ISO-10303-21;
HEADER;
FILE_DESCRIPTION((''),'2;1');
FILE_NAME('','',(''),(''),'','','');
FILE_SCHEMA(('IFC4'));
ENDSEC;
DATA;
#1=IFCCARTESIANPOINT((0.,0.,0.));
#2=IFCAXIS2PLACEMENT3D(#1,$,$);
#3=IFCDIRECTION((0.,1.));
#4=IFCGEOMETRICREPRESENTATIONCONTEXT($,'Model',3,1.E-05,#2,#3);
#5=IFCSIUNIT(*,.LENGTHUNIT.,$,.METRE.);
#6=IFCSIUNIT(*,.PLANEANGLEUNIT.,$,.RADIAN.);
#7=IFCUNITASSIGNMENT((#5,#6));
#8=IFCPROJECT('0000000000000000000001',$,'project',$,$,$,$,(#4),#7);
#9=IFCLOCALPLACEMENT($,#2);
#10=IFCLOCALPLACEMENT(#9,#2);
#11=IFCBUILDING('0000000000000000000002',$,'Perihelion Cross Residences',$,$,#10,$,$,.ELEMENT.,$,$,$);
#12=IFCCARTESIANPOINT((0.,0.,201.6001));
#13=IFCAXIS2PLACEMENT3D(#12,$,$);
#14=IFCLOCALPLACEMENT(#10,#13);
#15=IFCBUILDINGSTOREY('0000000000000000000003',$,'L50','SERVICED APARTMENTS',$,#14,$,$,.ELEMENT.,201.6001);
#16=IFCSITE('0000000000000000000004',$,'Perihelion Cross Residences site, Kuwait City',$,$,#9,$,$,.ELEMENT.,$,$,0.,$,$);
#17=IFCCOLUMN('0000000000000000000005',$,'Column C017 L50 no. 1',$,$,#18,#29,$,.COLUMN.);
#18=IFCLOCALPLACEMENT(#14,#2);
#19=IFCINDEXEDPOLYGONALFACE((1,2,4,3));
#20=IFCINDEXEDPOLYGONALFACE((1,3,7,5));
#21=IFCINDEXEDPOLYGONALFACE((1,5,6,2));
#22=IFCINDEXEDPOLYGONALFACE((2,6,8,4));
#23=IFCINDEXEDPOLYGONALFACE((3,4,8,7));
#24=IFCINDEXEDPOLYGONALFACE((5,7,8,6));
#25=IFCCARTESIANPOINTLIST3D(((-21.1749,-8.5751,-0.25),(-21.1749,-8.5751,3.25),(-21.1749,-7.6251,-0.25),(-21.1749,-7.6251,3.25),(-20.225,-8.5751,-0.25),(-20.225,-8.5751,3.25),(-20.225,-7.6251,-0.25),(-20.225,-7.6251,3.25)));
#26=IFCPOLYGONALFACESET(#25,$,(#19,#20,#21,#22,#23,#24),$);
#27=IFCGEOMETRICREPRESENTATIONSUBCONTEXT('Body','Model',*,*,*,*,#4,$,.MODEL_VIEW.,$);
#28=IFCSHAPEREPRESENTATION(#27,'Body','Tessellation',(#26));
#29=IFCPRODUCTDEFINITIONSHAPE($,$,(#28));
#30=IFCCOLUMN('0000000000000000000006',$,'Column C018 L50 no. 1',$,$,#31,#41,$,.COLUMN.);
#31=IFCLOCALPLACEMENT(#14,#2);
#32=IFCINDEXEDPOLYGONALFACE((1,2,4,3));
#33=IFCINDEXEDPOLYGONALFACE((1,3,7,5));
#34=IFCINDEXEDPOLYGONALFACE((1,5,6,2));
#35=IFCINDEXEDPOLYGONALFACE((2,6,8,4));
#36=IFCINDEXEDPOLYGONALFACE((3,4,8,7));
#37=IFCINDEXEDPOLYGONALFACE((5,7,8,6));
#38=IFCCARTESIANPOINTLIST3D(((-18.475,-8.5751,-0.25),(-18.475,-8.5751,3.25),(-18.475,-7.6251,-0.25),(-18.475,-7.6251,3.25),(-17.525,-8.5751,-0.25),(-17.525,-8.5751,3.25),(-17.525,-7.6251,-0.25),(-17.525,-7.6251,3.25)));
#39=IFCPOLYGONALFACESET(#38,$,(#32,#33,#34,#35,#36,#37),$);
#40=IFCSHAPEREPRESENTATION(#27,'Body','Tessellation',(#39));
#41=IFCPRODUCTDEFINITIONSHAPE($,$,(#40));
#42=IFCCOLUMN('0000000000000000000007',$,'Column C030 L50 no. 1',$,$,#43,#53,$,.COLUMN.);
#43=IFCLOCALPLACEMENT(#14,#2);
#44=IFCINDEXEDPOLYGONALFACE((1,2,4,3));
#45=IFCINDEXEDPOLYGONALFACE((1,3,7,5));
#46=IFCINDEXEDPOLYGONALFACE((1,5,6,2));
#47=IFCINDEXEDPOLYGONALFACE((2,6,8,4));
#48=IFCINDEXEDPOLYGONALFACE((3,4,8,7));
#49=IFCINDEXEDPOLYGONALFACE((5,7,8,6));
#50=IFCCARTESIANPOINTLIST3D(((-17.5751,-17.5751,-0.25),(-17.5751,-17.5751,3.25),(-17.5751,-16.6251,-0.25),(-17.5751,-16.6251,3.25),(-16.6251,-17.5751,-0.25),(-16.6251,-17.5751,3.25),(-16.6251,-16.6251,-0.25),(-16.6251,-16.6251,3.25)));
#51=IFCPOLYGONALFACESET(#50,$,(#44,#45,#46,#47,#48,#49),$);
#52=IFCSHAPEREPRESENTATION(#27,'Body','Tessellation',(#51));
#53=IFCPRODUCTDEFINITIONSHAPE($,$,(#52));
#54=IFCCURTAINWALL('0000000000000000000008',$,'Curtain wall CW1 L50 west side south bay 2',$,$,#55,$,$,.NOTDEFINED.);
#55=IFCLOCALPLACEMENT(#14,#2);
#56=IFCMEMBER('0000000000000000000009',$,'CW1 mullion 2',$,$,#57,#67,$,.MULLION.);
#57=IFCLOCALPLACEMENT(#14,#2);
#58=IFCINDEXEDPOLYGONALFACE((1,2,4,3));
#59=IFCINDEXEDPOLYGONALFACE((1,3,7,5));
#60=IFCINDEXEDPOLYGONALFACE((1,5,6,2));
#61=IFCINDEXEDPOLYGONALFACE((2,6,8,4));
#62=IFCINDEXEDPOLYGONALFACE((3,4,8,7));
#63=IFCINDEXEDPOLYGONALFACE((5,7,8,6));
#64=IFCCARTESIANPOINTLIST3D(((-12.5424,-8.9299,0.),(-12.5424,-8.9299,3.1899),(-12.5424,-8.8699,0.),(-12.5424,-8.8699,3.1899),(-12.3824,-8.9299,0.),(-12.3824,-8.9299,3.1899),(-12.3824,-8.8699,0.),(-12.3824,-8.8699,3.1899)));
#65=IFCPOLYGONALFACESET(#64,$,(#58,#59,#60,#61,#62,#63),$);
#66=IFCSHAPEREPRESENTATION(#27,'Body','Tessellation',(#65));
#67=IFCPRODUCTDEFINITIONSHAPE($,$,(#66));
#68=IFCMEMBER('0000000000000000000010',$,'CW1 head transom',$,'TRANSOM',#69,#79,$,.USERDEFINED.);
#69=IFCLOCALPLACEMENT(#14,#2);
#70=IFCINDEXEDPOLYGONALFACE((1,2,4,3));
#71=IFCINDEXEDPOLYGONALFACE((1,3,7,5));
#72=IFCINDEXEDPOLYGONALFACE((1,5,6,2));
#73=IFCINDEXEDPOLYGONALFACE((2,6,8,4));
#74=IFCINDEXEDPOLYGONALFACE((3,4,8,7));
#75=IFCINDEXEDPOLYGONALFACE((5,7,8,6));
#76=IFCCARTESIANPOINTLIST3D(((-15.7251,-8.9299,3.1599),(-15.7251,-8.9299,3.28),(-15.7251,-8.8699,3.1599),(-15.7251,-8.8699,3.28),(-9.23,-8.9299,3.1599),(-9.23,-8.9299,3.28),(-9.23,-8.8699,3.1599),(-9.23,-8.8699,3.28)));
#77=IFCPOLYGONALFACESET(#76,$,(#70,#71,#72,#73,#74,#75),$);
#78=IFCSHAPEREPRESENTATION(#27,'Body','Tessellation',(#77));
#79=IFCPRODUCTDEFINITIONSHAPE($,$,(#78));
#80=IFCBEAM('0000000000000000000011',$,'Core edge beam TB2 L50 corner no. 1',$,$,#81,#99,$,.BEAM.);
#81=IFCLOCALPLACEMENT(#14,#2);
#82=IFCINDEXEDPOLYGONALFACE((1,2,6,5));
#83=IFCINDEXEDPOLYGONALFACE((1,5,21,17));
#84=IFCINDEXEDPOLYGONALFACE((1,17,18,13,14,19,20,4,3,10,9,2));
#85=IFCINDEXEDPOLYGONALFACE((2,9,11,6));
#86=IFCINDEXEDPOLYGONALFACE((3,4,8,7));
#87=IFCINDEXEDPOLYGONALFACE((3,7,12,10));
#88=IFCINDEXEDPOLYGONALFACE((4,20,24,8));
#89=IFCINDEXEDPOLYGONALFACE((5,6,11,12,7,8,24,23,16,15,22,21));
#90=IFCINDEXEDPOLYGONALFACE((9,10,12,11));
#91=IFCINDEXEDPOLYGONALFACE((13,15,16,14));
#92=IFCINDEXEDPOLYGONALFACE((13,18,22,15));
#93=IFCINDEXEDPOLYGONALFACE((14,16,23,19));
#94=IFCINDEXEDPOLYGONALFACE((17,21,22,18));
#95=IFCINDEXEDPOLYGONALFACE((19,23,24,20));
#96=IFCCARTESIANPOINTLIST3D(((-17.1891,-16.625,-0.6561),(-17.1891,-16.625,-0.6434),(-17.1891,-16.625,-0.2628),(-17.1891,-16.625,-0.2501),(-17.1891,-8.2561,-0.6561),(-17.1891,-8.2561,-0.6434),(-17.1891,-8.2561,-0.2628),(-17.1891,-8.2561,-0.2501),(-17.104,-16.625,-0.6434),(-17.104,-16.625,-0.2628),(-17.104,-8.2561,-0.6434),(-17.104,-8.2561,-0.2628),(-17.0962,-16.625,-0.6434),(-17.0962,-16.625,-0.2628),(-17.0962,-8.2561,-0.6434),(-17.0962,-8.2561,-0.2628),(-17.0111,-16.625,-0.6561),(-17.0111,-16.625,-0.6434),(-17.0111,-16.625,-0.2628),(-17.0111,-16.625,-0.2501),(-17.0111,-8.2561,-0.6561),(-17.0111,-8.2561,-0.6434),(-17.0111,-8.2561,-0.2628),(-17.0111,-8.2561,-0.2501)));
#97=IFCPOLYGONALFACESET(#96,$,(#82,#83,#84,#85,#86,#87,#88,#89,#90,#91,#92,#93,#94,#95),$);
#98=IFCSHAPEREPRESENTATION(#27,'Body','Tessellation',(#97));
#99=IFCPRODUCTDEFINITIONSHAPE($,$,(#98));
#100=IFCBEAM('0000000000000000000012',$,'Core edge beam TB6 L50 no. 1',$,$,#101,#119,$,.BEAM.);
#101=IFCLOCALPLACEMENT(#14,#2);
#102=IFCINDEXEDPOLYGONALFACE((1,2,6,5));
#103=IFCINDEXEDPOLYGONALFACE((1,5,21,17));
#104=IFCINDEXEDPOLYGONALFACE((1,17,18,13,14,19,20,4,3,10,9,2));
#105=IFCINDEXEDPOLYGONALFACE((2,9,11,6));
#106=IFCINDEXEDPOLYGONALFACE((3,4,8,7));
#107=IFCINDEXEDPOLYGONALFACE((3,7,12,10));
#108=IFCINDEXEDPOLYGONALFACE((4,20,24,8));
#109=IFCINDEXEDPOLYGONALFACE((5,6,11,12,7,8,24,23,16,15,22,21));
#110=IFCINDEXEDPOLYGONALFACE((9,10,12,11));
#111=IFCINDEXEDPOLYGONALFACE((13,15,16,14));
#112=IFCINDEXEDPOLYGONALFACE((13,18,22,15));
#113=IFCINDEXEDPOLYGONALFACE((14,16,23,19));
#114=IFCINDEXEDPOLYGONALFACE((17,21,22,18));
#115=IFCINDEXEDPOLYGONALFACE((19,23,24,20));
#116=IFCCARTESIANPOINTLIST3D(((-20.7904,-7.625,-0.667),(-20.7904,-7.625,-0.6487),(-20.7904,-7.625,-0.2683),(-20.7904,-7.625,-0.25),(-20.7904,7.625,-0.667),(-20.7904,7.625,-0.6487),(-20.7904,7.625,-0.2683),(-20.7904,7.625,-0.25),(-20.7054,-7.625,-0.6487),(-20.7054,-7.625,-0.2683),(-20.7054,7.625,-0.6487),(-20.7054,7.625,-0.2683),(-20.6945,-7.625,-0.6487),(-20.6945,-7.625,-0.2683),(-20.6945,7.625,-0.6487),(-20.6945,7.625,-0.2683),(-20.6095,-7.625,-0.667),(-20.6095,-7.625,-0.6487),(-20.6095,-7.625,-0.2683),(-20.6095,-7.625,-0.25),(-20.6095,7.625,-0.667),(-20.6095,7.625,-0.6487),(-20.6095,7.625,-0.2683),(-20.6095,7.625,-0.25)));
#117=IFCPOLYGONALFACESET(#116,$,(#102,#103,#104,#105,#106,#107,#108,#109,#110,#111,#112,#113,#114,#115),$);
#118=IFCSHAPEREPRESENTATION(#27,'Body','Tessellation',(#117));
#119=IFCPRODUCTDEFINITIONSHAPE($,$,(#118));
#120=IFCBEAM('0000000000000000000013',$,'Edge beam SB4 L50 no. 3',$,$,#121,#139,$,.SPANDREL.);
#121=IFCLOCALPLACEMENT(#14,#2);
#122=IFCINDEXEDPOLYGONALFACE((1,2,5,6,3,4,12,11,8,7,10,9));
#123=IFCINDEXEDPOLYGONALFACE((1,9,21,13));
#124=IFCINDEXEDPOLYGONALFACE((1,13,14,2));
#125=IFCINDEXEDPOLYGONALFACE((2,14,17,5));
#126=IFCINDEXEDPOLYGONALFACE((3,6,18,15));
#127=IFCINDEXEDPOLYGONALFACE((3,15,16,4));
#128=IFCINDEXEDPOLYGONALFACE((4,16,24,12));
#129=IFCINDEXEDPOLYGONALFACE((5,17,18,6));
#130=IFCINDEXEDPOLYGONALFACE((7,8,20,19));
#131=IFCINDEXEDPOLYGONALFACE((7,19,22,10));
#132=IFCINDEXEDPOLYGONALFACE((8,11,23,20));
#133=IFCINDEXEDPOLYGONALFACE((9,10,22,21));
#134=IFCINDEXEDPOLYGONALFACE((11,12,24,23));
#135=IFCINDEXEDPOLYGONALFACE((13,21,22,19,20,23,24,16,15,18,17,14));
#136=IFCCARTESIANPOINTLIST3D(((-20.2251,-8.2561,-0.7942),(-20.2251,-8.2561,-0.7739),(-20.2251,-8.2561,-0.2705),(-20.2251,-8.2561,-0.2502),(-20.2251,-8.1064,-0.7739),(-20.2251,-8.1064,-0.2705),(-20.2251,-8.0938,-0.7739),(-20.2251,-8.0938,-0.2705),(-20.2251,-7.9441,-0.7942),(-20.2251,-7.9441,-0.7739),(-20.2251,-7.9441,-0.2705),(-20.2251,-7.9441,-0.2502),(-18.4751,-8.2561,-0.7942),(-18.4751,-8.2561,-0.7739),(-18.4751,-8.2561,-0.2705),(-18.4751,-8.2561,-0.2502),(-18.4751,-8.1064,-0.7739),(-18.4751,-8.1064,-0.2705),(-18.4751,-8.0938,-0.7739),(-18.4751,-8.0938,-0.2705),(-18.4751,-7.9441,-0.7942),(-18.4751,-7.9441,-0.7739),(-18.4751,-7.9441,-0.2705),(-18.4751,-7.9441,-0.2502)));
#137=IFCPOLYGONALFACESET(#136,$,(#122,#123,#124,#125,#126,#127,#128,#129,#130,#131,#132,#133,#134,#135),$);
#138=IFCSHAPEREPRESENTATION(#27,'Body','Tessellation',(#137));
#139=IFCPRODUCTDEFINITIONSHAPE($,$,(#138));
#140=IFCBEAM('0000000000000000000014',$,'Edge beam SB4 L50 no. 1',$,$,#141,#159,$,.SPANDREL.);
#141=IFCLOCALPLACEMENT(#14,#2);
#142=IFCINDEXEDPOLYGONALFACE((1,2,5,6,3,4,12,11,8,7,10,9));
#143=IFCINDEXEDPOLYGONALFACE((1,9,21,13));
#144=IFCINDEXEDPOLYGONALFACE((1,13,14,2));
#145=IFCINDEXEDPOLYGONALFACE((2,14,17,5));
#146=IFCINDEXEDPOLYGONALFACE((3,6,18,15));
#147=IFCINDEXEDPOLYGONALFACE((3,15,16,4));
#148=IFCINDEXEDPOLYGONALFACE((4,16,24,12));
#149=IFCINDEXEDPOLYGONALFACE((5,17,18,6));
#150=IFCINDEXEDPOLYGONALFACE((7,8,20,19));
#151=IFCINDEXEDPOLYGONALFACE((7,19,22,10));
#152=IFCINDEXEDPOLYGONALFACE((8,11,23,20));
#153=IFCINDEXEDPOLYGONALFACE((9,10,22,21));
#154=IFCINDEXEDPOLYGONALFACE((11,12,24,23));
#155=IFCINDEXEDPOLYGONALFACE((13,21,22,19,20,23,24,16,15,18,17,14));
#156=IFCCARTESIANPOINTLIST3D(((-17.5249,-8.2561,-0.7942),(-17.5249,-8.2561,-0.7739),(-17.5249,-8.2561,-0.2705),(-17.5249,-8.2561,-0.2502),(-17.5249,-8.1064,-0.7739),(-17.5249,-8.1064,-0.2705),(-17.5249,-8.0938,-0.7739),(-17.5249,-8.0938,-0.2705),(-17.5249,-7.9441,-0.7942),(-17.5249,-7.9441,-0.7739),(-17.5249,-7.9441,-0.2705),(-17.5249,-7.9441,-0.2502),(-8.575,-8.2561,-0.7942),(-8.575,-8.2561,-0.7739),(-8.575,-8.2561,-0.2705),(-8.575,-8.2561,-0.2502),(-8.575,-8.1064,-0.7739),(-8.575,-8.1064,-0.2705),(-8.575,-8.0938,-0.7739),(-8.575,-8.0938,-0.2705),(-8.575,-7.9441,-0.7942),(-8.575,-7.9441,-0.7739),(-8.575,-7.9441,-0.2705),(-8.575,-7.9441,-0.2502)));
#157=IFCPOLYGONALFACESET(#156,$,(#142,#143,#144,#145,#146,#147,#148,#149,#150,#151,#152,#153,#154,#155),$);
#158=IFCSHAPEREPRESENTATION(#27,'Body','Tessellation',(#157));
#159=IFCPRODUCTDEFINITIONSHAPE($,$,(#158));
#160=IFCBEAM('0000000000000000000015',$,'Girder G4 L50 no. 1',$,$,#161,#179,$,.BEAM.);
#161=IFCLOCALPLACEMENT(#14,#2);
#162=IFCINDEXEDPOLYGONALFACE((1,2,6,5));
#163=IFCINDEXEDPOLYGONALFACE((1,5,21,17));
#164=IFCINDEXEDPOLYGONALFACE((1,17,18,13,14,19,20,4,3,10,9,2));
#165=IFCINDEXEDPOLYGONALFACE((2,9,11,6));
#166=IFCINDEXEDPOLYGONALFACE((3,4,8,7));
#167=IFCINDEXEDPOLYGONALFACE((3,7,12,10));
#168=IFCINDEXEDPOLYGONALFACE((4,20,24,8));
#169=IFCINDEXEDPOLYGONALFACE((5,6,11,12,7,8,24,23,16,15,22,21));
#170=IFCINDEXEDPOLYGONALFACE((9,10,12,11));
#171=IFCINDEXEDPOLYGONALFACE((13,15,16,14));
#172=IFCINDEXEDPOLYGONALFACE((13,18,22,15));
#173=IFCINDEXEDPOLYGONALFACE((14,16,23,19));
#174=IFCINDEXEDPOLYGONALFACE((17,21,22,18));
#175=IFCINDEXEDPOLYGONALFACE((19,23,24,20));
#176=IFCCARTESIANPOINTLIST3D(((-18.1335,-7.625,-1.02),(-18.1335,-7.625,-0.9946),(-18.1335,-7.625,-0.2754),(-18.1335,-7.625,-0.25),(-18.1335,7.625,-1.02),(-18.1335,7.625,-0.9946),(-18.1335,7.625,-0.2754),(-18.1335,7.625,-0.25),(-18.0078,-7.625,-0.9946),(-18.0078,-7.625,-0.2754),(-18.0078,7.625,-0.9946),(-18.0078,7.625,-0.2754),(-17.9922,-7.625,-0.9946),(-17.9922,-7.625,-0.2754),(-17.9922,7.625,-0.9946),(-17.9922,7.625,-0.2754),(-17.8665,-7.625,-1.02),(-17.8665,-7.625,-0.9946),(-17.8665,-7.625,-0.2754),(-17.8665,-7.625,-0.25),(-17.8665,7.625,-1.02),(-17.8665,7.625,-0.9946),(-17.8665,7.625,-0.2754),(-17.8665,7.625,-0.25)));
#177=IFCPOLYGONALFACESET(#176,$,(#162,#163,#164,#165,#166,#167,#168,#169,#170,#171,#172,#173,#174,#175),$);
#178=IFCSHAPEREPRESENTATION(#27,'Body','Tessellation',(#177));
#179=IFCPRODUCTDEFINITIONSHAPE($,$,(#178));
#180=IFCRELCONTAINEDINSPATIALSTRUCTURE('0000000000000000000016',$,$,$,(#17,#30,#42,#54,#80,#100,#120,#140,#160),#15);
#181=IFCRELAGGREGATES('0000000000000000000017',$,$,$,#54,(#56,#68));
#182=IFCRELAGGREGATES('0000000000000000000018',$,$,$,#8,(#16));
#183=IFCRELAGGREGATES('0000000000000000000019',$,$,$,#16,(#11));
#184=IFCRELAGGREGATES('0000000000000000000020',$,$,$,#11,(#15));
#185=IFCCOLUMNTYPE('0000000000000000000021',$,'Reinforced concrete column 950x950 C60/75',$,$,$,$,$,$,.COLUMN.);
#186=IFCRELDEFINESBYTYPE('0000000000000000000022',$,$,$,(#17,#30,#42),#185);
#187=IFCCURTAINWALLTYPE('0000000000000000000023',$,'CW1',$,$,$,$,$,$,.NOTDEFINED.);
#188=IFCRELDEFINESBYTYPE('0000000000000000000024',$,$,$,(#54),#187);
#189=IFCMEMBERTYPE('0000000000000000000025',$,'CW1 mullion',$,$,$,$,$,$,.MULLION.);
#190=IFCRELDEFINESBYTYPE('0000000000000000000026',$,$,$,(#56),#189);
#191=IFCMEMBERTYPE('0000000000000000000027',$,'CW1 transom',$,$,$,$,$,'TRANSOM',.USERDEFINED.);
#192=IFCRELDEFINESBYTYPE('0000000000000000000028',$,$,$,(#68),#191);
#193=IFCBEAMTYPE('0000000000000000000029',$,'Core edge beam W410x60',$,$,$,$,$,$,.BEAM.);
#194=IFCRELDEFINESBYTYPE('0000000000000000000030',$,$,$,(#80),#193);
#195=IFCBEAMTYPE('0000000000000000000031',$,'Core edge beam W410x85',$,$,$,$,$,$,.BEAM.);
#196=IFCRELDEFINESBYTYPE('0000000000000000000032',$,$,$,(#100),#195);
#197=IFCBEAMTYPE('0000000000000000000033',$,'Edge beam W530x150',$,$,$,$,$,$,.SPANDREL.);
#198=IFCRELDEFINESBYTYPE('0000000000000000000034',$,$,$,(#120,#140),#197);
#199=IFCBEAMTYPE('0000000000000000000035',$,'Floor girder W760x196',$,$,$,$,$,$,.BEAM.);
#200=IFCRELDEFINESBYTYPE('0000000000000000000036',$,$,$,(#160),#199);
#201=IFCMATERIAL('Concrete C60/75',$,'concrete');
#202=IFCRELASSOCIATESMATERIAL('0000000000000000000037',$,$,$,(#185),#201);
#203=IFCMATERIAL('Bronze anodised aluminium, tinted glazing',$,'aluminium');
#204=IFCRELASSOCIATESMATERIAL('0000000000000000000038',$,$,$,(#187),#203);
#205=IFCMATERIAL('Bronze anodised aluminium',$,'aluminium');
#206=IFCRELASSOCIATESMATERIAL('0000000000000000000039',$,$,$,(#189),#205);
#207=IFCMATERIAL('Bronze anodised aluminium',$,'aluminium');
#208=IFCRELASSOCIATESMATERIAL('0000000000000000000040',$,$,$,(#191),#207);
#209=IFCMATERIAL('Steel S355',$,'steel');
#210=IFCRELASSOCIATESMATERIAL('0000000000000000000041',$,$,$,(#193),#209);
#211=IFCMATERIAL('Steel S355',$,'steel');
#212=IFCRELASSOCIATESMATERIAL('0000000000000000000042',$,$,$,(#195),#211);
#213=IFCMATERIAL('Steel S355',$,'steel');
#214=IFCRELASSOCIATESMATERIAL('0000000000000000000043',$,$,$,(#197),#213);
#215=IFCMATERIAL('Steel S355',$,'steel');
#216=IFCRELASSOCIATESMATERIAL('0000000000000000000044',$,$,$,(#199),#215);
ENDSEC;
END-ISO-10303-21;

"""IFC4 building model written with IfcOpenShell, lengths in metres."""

from ifc_helpers import new_model, si_unit, direction, frame, origin, origin_2d, place, context, subcontext, project, spatial, rectangle, i_section, extrude, material, material_profile, profile_set, type_object, element, aggregate, save


model = new_model("IFC4")

# Units and contexts
model_context = context("Model", 3, precision=1e-05, world=origin(), true_north=direction((0.0, 1.0)))
body_context = subcontext(model_context, "Body", "Model", "MODEL_VIEW")
ifc_project = project(units=[si_unit("LENGTHUNIT", "METRE"), si_unit("PLANEANGLEUNIT", "RADIAN")], contexts=[model_context])

# Site, building, storey
site_placement = place(None, origin())
site = spatial("IfcSite", under=ifc_project, at=site_placement, Name="Perihelion Cross Residences site, Kuwait City", CompositionType="ELEMENT", RefElevation=0.0)
building_placement = place(site_placement, origin())
building = spatial("IfcBuilding", under=site, at=building_placement, Name="Perihelion Cross Residences", CompositionType="ELEMENT")
storey_placement = place(building_placement, frame((0.0, 0.0, 201.6001)))
storey = spatial("IfcBuildingStorey", under=building, at=storey_placement, Name="L50", Description="SERVICED APARTMENTS", CompositionType="ELEMENT", Elevation=201.6001)

# Columns
ifc_material_1 = material(Name="Concrete C60/75", Category="concrete")
ifc_material_profile_1 = material_profile(ifc_material_1, rectangle(XDim=0.95, YDim=0.95, at=origin_2d()), Name="RC 950x950")
ifc_profile_set_1 = profile_set([ifc_material_profile_1], Name="Concrete C60/75")
column_type = type_object("IfcColumnType", Name="Reinforced concrete column 950x950 C60/75", PredefinedType="COLUMN", material=ifc_profile_set_1)
for number, where, z_axis, x_axis, name in (
    (1, (-20.7, -8.1001, -0.25), (0.0, 0.0, 1.0), (1.0, 0.0, 0.0), "Column C017 L50 no. 1"),
    (2, (-18.0, -8.1001, -0.25), (0.0, 0.0, 1.0), (1.0, 0.0, 0.0), "Column C018 L50 no. 1"),
    (3, (-17.1001, -17.1001, -0.25), (0.0, 0.0, 1.0), (1.0, 0.0, 0.0), "Column C030 L50 no. 1"),
):
    element("IfcColumn", number, at=place(storey_placement, frame(where, z_axis=z_axis, x_axis=x_axis)), inside=storey, type_object=column_type, Name=name, PredefinedType="COLUMN", context=body_context, shape_type="SweptSolid", body=[
        extrude(rectangle(XDim=0.95, YDim=0.95, at=origin_2d()), origin(), (0.0, 0.0, 1.0), 3.5),
    ])

# Curtain wall, members
ifc_material_2 = material(Name="Bronze anodised aluminium, tinted glazing", Category="aluminium")
curtain_wall_type = type_object("IfcCurtainWallType", Name="CW1", PredefinedType="NOTDEFINED", material=ifc_material_2)
curtain_wall_placement = place(storey_placement, origin())
curtain_wall = element("IfcCurtainWall", 4, at=curtain_wall_placement, inside=storey, type_object=curtain_wall_type, Name="Curtain wall CW1 L50 west side south bay 2", PredefinedType="NOTDEFINED")
ifc_material_3 = material(Name="Bronze anodised aluminium", Category="aluminium")
ifc_material_profile_2 = material_profile(ifc_material_3, rectangle(XDim=0.0601, YDim=0.1599, at=origin_2d()), Name="CW1 mullion")
ifc_profile_set_2 = profile_set([ifc_material_profile_2], Name="Bronze anodised aluminium")
member_type_1 = type_object("IfcMemberType", Name="CW1 mullion", PredefinedType="MULLION", material=ifc_profile_set_2)
member_1_placement = place(storey_placement, frame((-12.4624, -8.8999, 0.0), z_axis=(0.0, 0.0, 1.0), x_axis=(0.0, 1.0, 0.0)))
member_1 = element("IfcMember", 5, at=member_1_placement, type_object=member_type_1, Name="CW1 mullion 2", PredefinedType="MULLION", context=body_context, shape_type="SweptSolid", body=[
    extrude(rectangle(XDim=0.0601, YDim=0.1599, at=origin_2d()), origin(), (0.0, 0.0, 1.0), 3.1899),
])
ifc_material_4 = material(Name="Bronze anodised aluminium", Category="aluminium")
ifc_material_profile_3 = material_profile(ifc_material_4, rectangle(XDim=0.0601, YDim=0.1201, at=origin_2d()), Name="CW1 transom")
ifc_profile_set_3 = profile_set([ifc_material_profile_3], Name="Bronze anodised aluminium")
member_type_2 = type_object("IfcMemberType", Name="CW1 transom", ElementType="TRANSOM", PredefinedType="USERDEFINED", material=ifc_profile_set_3)
member_2_placement = place(storey_placement, frame((-15.7251, -8.8999, 3.22), z_axis=(1.0, 0.0, 0.0), x_axis=(0.0, 1.0, 0.0)))
member_2 = element("IfcMember", 6, at=member_2_placement, type_object=member_type_2, Name="CW1 head transom", ObjectType="TRANSOM", PredefinedType="USERDEFINED", context=body_context, shape_type="SweptSolid", body=[
    extrude(rectangle(XDim=0.0601, YDim=0.1201, at=origin_2d()), origin(), (0.0, 0.0, 1.0), 6.4951),
])

# Beams
ifc_material_5 = material(Name="Steel S355", Category="steel")
ifc_material_profile_4 = material_profile(ifc_material_5, i_section(OverallWidth=0.178, OverallDepth=0.406, WebThickness=0.0078, FlangeThickness=0.0127, at=origin_2d()), Name="W410x60")
ifc_profile_set_4 = profile_set([ifc_material_profile_4], Name="Steel S355")
beam_type_1 = type_object("IfcBeamType", Name="Core edge beam W410x60", PredefinedType="BEAM", material=ifc_profile_set_4)
beam_1_placement = place(storey_placement, frame((-17.1001, -8.2561, -0.4531), z_axis=(0.0, -1.0, 0.0), x_axis=(1.0, 0.0, 0.0)))
element("IfcBeam", 7, at=beam_1_placement, inside=storey, type_object=beam_type_1, Name="Core edge beam TB2 L50 corner no. 1", PredefinedType="BEAM", context=body_context, shape_type="SweptSolid", body=[
    extrude(i_section(OverallWidth=0.178, OverallDepth=0.406, WebThickness=0.0078, FlangeThickness=0.0127, at=origin_2d()), origin(), (0.0, 0.0, 1.0), 8.3689),
])
ifc_material_6 = material(Name="Steel S355", Category="steel")
ifc_material_profile_5 = material_profile(ifc_material_6, i_section(OverallWidth=0.1809, OverallDepth=0.417, WebThickness=0.011, FlangeThickness=0.0183, at=origin_2d()), Name="W410x85")
ifc_profile_set_5 = profile_set([ifc_material_profile_5], Name="Steel S355")
beam_type_2 = type_object("IfcBeamType", Name="Core edge beam W410x85", PredefinedType="BEAM", material=ifc_profile_set_5)
beam_2_placement = place(storey_placement, frame((-20.7, -7.625, -0.4585), z_axis=(0.0, 1.0, 0.0), x_axis=(-1.0, 0.0, 0.0)))
element("IfcBeam", 8, at=beam_2_placement, inside=storey, type_object=beam_type_2, Name="Core edge beam TB6 L50 no. 1", PredefinedType="BEAM", context=body_context, shape_type="SweptSolid", body=[
    extrude(i_section(OverallWidth=0.1809, OverallDepth=0.417, WebThickness=0.011, FlangeThickness=0.0183, at=origin_2d()), origin(), (0.0, 0.0, 1.0), 15.25),
])
ifc_material_7 = material(Name="Steel S355", Category="steel")
ifc_material_profile_6 = material_profile(ifc_material_7, i_section(OverallWidth=0.312, OverallDepth=0.5439, WebThickness=0.0127, FlangeThickness=0.0203, at=origin_2d()), Name="W530x150")
ifc_profile_set_6 = profile_set([ifc_material_profile_6], Name="Steel S355")
beam_type_3 = type_object("IfcBeamType", Name="Edge beam W530x150", PredefinedType="SPANDREL", material=ifc_profile_set_6)
beam_3_placement = place(storey_placement, frame((-20.2251, -8.1001, -0.5222), z_axis=(1.0, 0.0, 0.0), x_axis=(0.0, 1.0, 0.0)))
element("IfcBeam", 9, at=beam_3_placement, inside=storey, type_object=beam_type_3, Name="Edge beam SB4 L50 no. 3", PredefinedType="SPANDREL", context=body_context, shape_type="SweptSolid", body=[
    extrude(i_section(OverallWidth=0.312, OverallDepth=0.5439, WebThickness=0.0127, FlangeThickness=0.0203, at=origin_2d()), origin(), (0.0, 0.0, 1.0), 1.75),
])
beam_4_placement = place(storey_placement, frame((-17.5249, -8.1001, -0.5222), z_axis=(1.0, 0.0, 0.0), x_axis=(0.0, 1.0, 0.0)))
element("IfcBeam", 10, at=beam_4_placement, inside=storey, type_object=beam_type_3, Name="Edge beam SB4 L50 no. 1", PredefinedType="SPANDREL", context=body_context, shape_type="SweptSolid", body=[
    extrude(i_section(OverallWidth=0.312, OverallDepth=0.5439, WebThickness=0.0127, FlangeThickness=0.0203, at=origin_2d()), origin(), (0.0, 0.0, 1.0), 8.95),
])
ifc_material_8 = material(Name="Steel S355", Category="steel")
ifc_material_profile_7 = material_profile(ifc_material_8, i_section(OverallWidth=0.2671, OverallDepth=0.77, WebThickness=0.0156, FlangeThickness=0.0254, at=origin_2d()), Name="W760x196")
ifc_profile_set_7 = profile_set([ifc_material_profile_7], Name="Steel S355")
beam_type_4 = type_object("IfcBeamType", Name="Floor girder W760x196", PredefinedType="BEAM", material=ifc_profile_set_7)
beam_5_placement = place(storey_placement, frame((-18.0, -7.625, -0.635), z_axis=(0.0, 1.0, 0.0), x_axis=(-1.0, 0.0, 0.0)))
element("IfcBeam", 11, at=beam_5_placement, inside=storey, type_object=beam_type_4, Name="Girder G4 L50 no. 1", PredefinedType="BEAM", context=body_context, shape_type="SweptSolid", body=[
    extrude(i_section(OverallWidth=0.2671, OverallDepth=0.77, WebThickness=0.0156, FlangeThickness=0.0254, at=origin_2d()), origin(), (0.0, 0.0, 1.0), 15.25),
])

aggregate(curtain_wall, [member_1, member_2])

save(model, "model.ifc")
